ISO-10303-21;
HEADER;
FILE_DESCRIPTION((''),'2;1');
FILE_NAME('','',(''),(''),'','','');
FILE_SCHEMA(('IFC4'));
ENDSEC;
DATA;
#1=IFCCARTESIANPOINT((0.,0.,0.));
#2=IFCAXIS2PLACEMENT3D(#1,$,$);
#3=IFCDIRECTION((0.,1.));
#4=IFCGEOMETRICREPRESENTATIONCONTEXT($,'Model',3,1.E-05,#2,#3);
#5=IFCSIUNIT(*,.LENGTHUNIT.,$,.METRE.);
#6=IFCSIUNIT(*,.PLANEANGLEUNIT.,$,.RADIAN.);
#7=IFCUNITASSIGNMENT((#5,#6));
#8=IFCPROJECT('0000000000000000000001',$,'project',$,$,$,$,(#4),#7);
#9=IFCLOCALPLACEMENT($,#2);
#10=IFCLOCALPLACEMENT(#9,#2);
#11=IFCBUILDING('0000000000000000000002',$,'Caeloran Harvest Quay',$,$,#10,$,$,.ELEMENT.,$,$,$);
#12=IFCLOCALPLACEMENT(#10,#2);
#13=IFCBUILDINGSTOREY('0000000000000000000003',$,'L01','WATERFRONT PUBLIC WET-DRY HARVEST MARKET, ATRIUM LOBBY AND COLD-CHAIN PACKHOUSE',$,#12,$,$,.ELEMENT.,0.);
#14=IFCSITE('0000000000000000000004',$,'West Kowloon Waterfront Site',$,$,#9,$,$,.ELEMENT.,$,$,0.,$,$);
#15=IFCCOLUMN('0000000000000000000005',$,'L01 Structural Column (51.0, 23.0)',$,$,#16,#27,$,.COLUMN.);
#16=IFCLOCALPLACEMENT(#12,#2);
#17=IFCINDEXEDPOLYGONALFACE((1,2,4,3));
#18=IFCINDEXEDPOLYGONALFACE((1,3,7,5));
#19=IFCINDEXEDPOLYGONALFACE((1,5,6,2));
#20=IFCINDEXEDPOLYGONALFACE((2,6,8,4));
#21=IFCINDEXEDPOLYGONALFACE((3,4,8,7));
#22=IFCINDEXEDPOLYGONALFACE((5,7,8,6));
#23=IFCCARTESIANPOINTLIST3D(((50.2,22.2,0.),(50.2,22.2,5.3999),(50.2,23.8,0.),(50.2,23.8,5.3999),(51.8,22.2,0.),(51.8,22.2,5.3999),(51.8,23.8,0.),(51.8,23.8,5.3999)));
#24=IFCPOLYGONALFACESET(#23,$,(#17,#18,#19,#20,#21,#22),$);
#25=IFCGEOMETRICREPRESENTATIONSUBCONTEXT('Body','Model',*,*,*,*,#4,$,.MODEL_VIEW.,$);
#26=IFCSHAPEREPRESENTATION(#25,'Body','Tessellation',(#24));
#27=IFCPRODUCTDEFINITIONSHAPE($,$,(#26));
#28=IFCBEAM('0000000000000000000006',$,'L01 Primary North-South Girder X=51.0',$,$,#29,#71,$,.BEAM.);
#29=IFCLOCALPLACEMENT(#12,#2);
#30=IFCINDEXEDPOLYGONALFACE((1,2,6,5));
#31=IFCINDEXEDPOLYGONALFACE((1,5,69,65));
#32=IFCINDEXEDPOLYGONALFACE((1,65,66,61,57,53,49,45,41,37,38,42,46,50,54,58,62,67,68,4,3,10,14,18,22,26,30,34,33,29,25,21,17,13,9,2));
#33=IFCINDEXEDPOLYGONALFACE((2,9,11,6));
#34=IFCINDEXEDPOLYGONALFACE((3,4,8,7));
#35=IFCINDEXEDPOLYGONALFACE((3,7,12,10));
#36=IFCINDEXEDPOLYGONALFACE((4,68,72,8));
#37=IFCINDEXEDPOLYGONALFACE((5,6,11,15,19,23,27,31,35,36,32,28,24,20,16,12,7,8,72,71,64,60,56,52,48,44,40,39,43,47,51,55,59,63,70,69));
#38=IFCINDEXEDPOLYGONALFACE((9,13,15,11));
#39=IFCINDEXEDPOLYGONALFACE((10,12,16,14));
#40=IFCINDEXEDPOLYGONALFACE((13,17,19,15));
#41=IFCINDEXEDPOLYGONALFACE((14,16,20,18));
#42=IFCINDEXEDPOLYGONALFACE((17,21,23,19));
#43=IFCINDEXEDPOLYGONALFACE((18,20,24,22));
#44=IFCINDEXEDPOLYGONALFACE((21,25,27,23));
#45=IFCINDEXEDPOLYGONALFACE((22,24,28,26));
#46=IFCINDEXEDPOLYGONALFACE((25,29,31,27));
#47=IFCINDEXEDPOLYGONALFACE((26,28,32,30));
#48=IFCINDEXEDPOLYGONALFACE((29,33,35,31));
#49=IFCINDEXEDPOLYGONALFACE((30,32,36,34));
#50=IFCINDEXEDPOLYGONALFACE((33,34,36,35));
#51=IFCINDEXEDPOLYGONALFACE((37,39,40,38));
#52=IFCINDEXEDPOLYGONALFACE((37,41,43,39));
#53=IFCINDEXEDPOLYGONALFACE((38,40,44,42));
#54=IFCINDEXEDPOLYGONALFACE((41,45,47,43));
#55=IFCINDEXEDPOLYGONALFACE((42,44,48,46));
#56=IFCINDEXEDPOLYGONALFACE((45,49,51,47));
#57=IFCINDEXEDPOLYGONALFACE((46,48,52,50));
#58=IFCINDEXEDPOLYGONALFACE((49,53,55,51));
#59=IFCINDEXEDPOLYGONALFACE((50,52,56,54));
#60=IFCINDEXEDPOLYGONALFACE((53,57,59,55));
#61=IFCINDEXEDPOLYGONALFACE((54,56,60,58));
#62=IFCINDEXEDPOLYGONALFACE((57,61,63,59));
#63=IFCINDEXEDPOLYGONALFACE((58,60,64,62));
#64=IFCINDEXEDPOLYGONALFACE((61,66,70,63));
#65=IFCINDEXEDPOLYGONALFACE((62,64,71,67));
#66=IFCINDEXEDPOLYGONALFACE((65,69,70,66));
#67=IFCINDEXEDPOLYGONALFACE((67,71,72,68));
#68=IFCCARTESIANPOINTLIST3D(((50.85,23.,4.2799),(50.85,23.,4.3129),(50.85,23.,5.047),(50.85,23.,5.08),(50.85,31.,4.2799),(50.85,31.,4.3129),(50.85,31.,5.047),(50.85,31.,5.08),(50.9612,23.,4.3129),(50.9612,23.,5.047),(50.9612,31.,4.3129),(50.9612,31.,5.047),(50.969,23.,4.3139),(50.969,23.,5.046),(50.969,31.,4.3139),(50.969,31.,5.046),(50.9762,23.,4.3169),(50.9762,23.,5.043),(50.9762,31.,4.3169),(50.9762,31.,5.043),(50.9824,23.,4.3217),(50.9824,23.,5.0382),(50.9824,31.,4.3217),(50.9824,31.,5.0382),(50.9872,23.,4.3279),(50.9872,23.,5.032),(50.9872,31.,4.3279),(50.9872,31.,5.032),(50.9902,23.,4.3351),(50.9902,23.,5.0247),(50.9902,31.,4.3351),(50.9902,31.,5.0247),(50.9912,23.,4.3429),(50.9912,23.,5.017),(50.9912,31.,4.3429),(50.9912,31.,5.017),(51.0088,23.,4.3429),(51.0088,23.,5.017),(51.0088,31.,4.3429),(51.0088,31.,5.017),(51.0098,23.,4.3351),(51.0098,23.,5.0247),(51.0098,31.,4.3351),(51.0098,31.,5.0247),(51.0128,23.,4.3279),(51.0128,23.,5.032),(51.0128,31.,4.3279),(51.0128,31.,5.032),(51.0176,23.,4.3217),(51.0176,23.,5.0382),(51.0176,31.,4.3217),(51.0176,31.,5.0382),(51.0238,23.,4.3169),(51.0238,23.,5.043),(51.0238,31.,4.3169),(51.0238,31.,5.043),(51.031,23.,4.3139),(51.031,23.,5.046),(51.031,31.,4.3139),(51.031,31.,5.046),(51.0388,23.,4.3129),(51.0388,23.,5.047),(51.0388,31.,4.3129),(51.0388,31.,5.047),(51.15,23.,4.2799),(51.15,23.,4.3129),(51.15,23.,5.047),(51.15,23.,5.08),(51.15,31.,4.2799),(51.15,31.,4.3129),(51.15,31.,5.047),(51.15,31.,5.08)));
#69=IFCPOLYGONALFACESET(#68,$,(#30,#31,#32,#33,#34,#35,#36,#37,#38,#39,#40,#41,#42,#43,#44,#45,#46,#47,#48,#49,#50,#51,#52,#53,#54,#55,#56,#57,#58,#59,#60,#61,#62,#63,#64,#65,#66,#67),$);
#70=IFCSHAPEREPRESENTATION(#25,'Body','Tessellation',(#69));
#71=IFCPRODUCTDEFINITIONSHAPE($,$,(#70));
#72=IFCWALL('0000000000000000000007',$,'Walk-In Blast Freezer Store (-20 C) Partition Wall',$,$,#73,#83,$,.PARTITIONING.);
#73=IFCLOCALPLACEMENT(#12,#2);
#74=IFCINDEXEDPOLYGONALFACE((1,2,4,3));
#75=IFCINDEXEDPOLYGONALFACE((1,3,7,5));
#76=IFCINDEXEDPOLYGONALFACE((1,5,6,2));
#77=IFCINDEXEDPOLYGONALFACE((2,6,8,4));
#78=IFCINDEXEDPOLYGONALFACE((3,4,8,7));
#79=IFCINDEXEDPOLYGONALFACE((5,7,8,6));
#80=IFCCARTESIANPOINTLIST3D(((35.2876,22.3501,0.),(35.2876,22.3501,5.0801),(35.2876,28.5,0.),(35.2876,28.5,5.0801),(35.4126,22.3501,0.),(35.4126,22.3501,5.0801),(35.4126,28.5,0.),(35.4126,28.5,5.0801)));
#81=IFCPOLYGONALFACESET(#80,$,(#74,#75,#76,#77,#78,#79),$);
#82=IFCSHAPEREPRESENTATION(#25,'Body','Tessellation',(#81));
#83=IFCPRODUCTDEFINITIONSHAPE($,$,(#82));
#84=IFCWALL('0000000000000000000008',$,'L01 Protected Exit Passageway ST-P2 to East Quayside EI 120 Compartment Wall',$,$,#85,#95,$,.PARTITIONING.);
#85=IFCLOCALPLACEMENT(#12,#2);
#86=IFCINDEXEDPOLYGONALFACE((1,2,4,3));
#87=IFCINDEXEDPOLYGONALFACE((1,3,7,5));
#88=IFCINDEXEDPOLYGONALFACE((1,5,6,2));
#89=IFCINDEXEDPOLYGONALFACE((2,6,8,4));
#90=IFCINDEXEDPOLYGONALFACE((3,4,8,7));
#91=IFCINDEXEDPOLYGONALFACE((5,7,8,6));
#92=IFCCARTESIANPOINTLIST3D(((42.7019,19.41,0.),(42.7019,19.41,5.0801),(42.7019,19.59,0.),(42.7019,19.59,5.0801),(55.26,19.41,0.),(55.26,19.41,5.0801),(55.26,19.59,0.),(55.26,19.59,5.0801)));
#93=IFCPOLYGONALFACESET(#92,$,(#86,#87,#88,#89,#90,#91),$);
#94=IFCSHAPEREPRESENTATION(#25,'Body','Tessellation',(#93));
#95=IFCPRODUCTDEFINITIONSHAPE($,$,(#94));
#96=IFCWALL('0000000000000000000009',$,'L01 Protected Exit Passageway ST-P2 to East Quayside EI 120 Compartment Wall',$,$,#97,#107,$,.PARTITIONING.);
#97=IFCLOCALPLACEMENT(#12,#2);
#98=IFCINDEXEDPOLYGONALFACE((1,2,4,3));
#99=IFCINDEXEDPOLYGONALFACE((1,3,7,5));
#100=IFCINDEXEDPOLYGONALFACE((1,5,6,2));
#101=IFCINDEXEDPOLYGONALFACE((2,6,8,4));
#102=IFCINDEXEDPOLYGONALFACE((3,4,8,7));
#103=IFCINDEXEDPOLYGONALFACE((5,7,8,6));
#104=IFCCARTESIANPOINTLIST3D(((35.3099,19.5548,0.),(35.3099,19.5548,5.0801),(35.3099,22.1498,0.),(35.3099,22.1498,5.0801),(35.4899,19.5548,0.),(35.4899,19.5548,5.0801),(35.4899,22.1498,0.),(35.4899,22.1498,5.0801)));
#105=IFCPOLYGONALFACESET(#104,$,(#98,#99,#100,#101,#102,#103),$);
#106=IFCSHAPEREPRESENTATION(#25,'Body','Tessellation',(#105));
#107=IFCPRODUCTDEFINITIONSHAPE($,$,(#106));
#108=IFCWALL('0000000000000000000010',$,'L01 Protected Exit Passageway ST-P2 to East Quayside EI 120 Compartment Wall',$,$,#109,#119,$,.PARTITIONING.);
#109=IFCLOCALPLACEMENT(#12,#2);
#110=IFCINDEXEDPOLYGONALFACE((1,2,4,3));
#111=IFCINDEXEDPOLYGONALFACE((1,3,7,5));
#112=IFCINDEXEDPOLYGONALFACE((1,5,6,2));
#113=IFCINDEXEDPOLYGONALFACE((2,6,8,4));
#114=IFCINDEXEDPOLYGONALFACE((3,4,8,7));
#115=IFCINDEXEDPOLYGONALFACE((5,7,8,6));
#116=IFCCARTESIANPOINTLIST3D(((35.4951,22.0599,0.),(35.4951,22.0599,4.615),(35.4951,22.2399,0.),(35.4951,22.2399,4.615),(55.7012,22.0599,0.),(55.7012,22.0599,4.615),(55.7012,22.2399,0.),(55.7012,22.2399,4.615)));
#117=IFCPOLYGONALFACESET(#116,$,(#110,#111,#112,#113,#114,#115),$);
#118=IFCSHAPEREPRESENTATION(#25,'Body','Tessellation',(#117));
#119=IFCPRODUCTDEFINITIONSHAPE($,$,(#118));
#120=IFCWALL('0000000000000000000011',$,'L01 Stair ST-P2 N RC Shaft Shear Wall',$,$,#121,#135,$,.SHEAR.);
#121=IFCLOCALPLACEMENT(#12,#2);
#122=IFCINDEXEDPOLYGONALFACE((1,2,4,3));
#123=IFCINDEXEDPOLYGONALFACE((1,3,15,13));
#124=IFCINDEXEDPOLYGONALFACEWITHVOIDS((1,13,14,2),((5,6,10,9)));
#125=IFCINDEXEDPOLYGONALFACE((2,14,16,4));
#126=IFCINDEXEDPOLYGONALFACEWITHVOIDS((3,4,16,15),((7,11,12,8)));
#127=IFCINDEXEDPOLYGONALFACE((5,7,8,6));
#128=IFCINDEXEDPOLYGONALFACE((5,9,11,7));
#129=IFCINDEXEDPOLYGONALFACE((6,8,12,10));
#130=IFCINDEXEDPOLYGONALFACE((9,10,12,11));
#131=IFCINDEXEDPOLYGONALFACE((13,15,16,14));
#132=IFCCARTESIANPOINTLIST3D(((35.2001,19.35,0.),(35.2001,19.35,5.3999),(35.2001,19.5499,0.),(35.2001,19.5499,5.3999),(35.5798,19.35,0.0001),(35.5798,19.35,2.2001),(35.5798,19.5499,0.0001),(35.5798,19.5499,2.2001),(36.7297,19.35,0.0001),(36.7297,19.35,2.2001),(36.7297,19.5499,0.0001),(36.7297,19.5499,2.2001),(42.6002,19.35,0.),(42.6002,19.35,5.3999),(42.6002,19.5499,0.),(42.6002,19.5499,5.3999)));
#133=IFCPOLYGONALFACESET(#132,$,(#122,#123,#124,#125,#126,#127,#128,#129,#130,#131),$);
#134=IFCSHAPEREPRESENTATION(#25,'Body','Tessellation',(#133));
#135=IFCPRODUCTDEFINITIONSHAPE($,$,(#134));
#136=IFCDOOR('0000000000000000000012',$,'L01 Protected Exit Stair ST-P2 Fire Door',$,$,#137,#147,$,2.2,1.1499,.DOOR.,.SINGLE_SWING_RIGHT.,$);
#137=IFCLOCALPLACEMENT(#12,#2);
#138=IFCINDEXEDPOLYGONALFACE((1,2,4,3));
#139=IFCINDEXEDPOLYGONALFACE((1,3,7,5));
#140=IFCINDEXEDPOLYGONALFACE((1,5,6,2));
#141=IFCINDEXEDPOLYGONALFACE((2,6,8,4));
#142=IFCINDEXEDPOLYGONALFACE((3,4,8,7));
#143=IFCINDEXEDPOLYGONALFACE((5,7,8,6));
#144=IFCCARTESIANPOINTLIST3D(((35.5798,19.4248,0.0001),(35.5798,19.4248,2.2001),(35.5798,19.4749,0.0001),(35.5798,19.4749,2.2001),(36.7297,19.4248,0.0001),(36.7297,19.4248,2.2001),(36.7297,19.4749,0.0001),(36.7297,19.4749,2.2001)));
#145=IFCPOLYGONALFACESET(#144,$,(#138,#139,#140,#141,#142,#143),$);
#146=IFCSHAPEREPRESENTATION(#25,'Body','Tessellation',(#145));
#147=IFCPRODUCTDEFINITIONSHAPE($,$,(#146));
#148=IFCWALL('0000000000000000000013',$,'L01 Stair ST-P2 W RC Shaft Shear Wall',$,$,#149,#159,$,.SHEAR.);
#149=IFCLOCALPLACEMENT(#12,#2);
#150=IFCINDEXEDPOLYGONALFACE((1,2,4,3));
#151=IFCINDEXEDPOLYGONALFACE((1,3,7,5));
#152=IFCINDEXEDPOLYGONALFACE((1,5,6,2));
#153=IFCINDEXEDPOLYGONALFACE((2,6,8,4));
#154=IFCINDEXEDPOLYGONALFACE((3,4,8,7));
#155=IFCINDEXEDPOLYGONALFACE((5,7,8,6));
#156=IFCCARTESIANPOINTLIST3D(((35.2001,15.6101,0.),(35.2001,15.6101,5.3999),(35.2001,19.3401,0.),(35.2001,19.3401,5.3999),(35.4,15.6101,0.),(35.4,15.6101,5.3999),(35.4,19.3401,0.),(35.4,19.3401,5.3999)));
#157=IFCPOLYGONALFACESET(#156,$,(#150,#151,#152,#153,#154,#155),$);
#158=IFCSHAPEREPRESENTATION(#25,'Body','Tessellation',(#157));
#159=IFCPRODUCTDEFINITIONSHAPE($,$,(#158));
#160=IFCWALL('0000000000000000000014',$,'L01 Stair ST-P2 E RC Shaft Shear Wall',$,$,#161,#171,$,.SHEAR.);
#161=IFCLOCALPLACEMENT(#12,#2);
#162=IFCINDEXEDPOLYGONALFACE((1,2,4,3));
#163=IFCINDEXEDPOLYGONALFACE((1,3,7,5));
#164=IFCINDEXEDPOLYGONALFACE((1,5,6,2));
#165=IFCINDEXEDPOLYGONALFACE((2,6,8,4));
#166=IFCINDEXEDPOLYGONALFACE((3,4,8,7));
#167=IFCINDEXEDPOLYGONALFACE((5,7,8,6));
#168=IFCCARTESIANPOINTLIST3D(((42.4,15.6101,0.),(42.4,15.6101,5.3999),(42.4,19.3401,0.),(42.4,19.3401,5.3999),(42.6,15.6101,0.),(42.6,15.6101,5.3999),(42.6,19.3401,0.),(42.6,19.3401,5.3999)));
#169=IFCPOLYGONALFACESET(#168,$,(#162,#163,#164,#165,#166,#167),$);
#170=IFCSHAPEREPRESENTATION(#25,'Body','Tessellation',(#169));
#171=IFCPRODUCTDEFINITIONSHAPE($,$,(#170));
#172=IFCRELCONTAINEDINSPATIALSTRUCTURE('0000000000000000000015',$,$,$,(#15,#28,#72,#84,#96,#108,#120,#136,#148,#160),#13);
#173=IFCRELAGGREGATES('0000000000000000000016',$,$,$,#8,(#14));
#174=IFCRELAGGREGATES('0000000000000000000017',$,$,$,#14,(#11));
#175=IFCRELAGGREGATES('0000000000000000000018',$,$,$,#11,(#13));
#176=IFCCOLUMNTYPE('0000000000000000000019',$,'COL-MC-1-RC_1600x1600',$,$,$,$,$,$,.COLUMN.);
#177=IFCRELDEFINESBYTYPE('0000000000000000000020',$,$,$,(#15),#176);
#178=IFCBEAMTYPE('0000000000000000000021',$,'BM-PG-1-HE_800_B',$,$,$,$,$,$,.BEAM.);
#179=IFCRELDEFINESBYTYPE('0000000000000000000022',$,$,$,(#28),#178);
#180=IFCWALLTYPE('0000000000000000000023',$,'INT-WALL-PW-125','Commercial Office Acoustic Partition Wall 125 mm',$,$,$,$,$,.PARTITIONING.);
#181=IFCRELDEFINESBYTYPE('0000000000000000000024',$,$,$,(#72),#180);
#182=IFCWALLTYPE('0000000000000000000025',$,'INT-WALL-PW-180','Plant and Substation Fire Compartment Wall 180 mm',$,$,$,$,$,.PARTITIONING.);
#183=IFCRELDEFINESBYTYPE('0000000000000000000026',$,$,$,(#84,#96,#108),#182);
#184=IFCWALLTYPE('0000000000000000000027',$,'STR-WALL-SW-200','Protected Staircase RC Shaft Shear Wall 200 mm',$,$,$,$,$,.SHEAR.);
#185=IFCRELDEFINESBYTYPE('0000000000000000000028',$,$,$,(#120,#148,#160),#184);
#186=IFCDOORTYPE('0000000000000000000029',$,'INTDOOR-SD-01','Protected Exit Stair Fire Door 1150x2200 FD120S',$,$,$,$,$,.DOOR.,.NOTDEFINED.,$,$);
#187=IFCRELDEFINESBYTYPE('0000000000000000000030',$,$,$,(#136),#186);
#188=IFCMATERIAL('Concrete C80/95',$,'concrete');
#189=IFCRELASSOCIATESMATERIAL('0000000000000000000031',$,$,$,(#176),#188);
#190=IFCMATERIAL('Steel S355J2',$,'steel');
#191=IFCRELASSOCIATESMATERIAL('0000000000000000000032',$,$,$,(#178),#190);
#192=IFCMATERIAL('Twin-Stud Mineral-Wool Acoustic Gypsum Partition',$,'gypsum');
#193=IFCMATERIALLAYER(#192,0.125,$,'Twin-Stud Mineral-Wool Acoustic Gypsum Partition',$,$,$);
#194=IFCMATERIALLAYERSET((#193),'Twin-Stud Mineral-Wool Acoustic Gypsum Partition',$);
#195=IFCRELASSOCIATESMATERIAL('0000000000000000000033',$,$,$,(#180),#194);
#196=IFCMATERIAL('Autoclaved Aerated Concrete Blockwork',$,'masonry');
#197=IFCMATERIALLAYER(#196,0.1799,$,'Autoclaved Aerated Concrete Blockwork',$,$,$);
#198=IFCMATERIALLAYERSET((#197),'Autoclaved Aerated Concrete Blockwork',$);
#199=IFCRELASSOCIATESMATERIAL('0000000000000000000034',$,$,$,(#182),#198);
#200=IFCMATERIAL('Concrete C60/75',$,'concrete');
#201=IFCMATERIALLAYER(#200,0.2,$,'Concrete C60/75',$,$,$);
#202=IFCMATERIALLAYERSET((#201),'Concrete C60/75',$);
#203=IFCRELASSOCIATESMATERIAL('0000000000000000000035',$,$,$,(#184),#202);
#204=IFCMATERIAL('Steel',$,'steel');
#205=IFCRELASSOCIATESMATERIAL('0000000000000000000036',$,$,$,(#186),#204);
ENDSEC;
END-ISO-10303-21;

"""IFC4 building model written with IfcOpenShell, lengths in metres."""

from ifc_helpers import new_model, si_unit, direction, frame, frame_2d, origin, origin_2d, place, context, subcontext, project, spatial, rectangle, i_section, extrude, material, layer, layer_set, material_profile, profile_set, type_object, element, fill, save


model = new_model("IFC4")

# Units and contexts
model_context = context("Model", 3, precision=1e-05, world=origin(), true_north=direction((0.0, 1.0)))
body_context = subcontext(model_context, "Body", "Model", "MODEL_VIEW")
ifc_project = project(units=[si_unit("LENGTHUNIT", "METRE"), si_unit("PLANEANGLEUNIT", "RADIAN")], contexts=[model_context])

# Site, building, storey
site_placement = place(None, origin())
site = spatial("IfcSite", under=ifc_project, at=site_placement, Name="West Kowloon Waterfront Site", CompositionType="ELEMENT", RefElevation=0.0)
building_placement = place(site_placement, origin())
building = spatial("IfcBuilding", under=site, at=building_placement, Name="Caeloran Harvest Quay", CompositionType="ELEMENT")
storey_placement = place(building_placement, origin())
storey = spatial("IfcBuildingStorey", under=building, at=storey_placement, Name="L01", Description="WATERFRONT PUBLIC WET-DRY HARVEST MARKET, ATRIUM LOBBY AND COLD-CHAIN PACKHOUSE", CompositionType="ELEMENT", Elevation=0.0)

# Column
ifc_material_1 = material(Name="Concrete C80/95", Category="concrete")
ifc_material_profile_1 = material_profile(ifc_material_1, rectangle(XDim=1.6001, YDim=1.6001, at=origin_2d()), Name="RC 1600x1600")
ifc_profile_set_1 = profile_set([ifc_material_profile_1], Name="Concrete C80/95")
column_type = type_object("IfcColumnType", Name="COL-MC-1-RC_1600x1600", PredefinedType="COLUMN", material=ifc_profile_set_1)
column_placement = place(storey_placement, frame((51.0, 23.0, 0.0), z_axis=(0.0, 0.0, 1.0), x_axis=(1.0, 0.0, 0.0)))
element("IfcColumn", 1, at=column_placement, inside=storey, type_object=column_type, Name="L01 Structural Column (51.0, 23.0)", PredefinedType="COLUMN", context=body_context, shape_type="SweptSolid", body=[
    extrude(rectangle(XDim=1.6001, YDim=1.6001, at=origin_2d()), origin(), (0.0, 0.0, 1.0), 5.3999),
])

# Beam
ifc_material_2 = material(Name="Steel S355J2", Category="steel")
ifc_material_profile_2 = material_profile(ifc_material_2, i_section(OverallWidth=0.3, OverallDepth=0.8, WebThickness=0.0176, FlangeThickness=0.033, FilletRadius=0.03, at=origin_2d()), Name="HE 800 B")
ifc_profile_set_2 = profile_set([ifc_material_profile_2], Name="Steel S355J2")
beam_type = type_object("IfcBeamType", Name="BM-PG-1-HE_800_B", PredefinedType="BEAM", material=ifc_profile_set_2)
beam_placement = place(storey_placement, frame((51.0, 23.0, 4.6799), z_axis=(0.0, 1.0, 0.0), x_axis=(-1.0, 0.0, 0.0)))
element("IfcBeam", 2, at=beam_placement, inside=storey, type_object=beam_type, Name="L01 Primary North-South Girder X=51.0", PredefinedType="BEAM", context=body_context, shape_type="SweptSolid", body=[
    extrude(i_section(OverallWidth=0.3, OverallDepth=0.8, WebThickness=0.0176, FlangeThickness=0.033, FilletRadius=0.03, at=origin_2d()), origin(), (0.0, 0.0, 1.0), 8.0),
])

# Wall
ifc_material_3 = material(Name="Twin-Stud Mineral-Wool Acoustic Gypsum Partition", Category="gypsum")
ifc_layer_1 = layer(ifc_material_3, 0.125, Name="Twin-Stud Mineral-Wool Acoustic Gypsum Partition")
ifc_layer_set_1 = layer_set([ifc_layer_1], Name="Twin-Stud Mineral-Wool Acoustic Gypsum Partition")
wall_type_1 = type_object("IfcWallType", Name="INT-WALL-PW-125", Description="Commercial Office Acoustic Partition Wall 125 mm", PredefinedType="PARTITIONING", material=ifc_layer_set_1)
wall_1_placement = place(storey_placement, frame((35.3501, 22.3501, 0.0), z_axis=(0.0, 0.0, 1.0), x_axis=(0.0, 1.0, 0.0)))
element("IfcWall", 3, at=wall_1_placement, inside=storey, type_object=wall_type_1, Name="Walk-In Blast Freezer Store (-20 C) Partition Wall", PredefinedType="PARTITIONING", context=body_context, shape_type="SweptSolid", body=[
    extrude(rectangle(XDim=6.1499, YDim=0.125, at=frame_2d((3.075, 0.0))), origin(), (0.0, 0.0, 1.0), 5.0801),
])

# Walls
ifc_material_4 = material(Name="Autoclaved Aerated Concrete Blockwork", Category="masonry")
ifc_layer_2 = layer(ifc_material_4, 0.1799, Name="Autoclaved Aerated Concrete Blockwork")
ifc_layer_set_2 = layer_set([ifc_layer_2], Name="Autoclaved Aerated Concrete Blockwork")
wall_type_2 = type_object("IfcWallType", Name="INT-WALL-PW-180", Description="Plant and Substation Fire Compartment Wall 180 mm", PredefinedType="PARTITIONING", material=ifc_layer_set_2)
wall_2_placement = place(storey_placement, frame((55.26, 19.5, 0.0), z_axis=(0.0, 0.0, 1.0), x_axis=(-1.0, 0.0, 0.0)))
element("IfcWall", 4, at=wall_2_placement, inside=storey, type_object=wall_type_2, Name="L01 Protected Exit Passageway ST-P2 to East Quayside EI 120 Compartment Wall", PredefinedType="PARTITIONING", context=body_context, shape_type="SweptSolid", body=[
    extrude(rectangle(XDim=12.5581, YDim=0.1799, at=frame_2d((6.2791, 0.0))), origin(), (0.0, 0.0, 1.0), 5.0801),
])
wall_3_placement = place(storey_placement, frame((35.3999, 19.5549, 0.0), z_axis=(0.0, 0.0, 1.0), x_axis=(0.0, 1.0, 0.0)))
element("IfcWall", 5, at=wall_3_placement, inside=storey, type_object=wall_type_2, Name="L01 Protected Exit Passageway ST-P2 to East Quayside EI 120 Compartment Wall", PredefinedType="PARTITIONING", context=body_context, shape_type="SweptSolid", body=[
    extrude(rectangle(XDim=2.595, YDim=0.1799, at=frame_2d((1.2974, 0.0))), origin(), (0.0, 0.0, 1.0), 5.0801),
])
wall_4_placement = place(storey_placement, frame((35.4951, 22.1499, 0.0), z_axis=(0.0, 0.0, 1.0), x_axis=(1.0, 0.0, 0.0)))
element("IfcWall", 6, at=wall_4_placement, inside=storey, type_object=wall_type_2, Name="L01 Protected Exit Passageway ST-P2 to East Quayside EI 120 Compartment Wall", PredefinedType="PARTITIONING", context=body_context, shape_type="SweptSolid", body=[
    extrude(rectangle(XDim=20.2061, YDim=0.1799, at=frame_2d((10.103, 0.0))), origin(), (0.0, 0.0, 1.0), 4.615),
])

# Wall, opening, door
ifc_material_5 = material(Name="Concrete C60/75", Category="concrete")
ifc_layer_3 = layer(ifc_material_5, 0.2, Name="Concrete C60/75")
ifc_layer_set_3 = layer_set([ifc_layer_3], Name="Concrete C60/75")
wall_type_3 = type_object("IfcWallType", Name="STR-WALL-SW-200", Description="Protected Staircase RC Shaft Shear Wall 200 mm", PredefinedType="SHEAR", material=ifc_layer_set_3)
wall_5_placement = place(storey_placement, frame((35.2, 19.45, 0.0), z_axis=(0.0, 0.0, 1.0), x_axis=(1.0, 0.0, 0.0)))
wall_5 = element("IfcWall", 7, at=wall_5_placement, inside=storey, type_object=wall_type_3, Name="L01 Stair ST-P2 N RC Shaft Shear Wall", PredefinedType="SHEAR", context=body_context, shape_type="SweptSolid", body=[
    extrude(rectangle(XDim=7.4001, YDim=0.2, at=frame_2d((3.7002, 0.0))), origin(), (0.0, 0.0, 1.0), 5.3999),
])
opening_1_placement = place(wall_5_placement, frame((0.3799, 0.0, 0.0)))
opening_1 = element("IfcOpeningElement", 8, at=opening_1_placement, cuts=wall_5, PredefinedType="OPENING", context=body_context, shape_type="SweptSolid", body=[
    extrude(rectangle(XDim=1.1499, YDim=2.2, at=frame_2d((0.575, 1.1001))), frame((0.0, 0.1099, 0.0), z_axis=(0.0, -1.0, 0.0), x_axis=(1.0, 0.0, 0.0)), (0.0, 0.0, 1.0), 0.22),
])
ifc_material_6 = material(Name="Steel", Category="steel")
door_type_1 = type_object("IfcDoorType", Name="INTDOOR-SD-01", Description="Protected Exit Stair Fire Door 1150x2200 FD120S", OperationType="NOTDEFINED", PredefinedType="DOOR", material=ifc_material_6)
door_1_placement = place(opening_1_placement, origin())
door_1 = element("IfcDoor", 9, at=door_1_placement, inside=storey, type_object=door_type_1, Name="L01 Protected Exit Stair ST-P2 Fire Door", OperationType="SINGLE_SWING_RIGHT", OverallHeight=2.2, OverallWidth=1.1499, PredefinedType="DOOR", context=body_context, shape_type="SweptSolid", body=[
    extrude(rectangle(XDim=1.1499, YDim=2.2, at=frame_2d((0.575, 1.1001))), frame((0.0, 0.0249, 0.0), z_axis=(0.0, -1.0, 0.0), x_axis=(1.0, 0.0, 0.0)), (0.0, 0.0, 1.0), 0.05),
])
fill(opening_1, door_1)

# Walls
for number, where, z_axis, x_axis, name in (
    (10, (35.3, 15.6101, 0.0), (0.0, 0.0, 1.0), (0.0, 1.0, 0.0), "L01 Stair ST-P2 W RC Shaft Shear Wall"),
    (11, (42.5, 15.6101, 0.0), (0.0, 0.0, 1.0), (0.0, 1.0, 0.0), "L01 Stair ST-P2 E RC Shaft Shear Wall"),
):
    element("IfcWall", number, at=place(storey_placement, frame(where, z_axis=z_axis, x_axis=x_axis)), inside=storey, type_object=wall_type_3, Name=name, PredefinedType="SHEAR", context=body_context, shape_type="SweptSolid", body=[
        extrude(rectangle(XDim=3.73, YDim=0.2, at=frame_2d((1.865, 0.0))), origin(), (0.0, 0.0, 1.0), 5.3999),
    ])

save(model, "model.ifc")
